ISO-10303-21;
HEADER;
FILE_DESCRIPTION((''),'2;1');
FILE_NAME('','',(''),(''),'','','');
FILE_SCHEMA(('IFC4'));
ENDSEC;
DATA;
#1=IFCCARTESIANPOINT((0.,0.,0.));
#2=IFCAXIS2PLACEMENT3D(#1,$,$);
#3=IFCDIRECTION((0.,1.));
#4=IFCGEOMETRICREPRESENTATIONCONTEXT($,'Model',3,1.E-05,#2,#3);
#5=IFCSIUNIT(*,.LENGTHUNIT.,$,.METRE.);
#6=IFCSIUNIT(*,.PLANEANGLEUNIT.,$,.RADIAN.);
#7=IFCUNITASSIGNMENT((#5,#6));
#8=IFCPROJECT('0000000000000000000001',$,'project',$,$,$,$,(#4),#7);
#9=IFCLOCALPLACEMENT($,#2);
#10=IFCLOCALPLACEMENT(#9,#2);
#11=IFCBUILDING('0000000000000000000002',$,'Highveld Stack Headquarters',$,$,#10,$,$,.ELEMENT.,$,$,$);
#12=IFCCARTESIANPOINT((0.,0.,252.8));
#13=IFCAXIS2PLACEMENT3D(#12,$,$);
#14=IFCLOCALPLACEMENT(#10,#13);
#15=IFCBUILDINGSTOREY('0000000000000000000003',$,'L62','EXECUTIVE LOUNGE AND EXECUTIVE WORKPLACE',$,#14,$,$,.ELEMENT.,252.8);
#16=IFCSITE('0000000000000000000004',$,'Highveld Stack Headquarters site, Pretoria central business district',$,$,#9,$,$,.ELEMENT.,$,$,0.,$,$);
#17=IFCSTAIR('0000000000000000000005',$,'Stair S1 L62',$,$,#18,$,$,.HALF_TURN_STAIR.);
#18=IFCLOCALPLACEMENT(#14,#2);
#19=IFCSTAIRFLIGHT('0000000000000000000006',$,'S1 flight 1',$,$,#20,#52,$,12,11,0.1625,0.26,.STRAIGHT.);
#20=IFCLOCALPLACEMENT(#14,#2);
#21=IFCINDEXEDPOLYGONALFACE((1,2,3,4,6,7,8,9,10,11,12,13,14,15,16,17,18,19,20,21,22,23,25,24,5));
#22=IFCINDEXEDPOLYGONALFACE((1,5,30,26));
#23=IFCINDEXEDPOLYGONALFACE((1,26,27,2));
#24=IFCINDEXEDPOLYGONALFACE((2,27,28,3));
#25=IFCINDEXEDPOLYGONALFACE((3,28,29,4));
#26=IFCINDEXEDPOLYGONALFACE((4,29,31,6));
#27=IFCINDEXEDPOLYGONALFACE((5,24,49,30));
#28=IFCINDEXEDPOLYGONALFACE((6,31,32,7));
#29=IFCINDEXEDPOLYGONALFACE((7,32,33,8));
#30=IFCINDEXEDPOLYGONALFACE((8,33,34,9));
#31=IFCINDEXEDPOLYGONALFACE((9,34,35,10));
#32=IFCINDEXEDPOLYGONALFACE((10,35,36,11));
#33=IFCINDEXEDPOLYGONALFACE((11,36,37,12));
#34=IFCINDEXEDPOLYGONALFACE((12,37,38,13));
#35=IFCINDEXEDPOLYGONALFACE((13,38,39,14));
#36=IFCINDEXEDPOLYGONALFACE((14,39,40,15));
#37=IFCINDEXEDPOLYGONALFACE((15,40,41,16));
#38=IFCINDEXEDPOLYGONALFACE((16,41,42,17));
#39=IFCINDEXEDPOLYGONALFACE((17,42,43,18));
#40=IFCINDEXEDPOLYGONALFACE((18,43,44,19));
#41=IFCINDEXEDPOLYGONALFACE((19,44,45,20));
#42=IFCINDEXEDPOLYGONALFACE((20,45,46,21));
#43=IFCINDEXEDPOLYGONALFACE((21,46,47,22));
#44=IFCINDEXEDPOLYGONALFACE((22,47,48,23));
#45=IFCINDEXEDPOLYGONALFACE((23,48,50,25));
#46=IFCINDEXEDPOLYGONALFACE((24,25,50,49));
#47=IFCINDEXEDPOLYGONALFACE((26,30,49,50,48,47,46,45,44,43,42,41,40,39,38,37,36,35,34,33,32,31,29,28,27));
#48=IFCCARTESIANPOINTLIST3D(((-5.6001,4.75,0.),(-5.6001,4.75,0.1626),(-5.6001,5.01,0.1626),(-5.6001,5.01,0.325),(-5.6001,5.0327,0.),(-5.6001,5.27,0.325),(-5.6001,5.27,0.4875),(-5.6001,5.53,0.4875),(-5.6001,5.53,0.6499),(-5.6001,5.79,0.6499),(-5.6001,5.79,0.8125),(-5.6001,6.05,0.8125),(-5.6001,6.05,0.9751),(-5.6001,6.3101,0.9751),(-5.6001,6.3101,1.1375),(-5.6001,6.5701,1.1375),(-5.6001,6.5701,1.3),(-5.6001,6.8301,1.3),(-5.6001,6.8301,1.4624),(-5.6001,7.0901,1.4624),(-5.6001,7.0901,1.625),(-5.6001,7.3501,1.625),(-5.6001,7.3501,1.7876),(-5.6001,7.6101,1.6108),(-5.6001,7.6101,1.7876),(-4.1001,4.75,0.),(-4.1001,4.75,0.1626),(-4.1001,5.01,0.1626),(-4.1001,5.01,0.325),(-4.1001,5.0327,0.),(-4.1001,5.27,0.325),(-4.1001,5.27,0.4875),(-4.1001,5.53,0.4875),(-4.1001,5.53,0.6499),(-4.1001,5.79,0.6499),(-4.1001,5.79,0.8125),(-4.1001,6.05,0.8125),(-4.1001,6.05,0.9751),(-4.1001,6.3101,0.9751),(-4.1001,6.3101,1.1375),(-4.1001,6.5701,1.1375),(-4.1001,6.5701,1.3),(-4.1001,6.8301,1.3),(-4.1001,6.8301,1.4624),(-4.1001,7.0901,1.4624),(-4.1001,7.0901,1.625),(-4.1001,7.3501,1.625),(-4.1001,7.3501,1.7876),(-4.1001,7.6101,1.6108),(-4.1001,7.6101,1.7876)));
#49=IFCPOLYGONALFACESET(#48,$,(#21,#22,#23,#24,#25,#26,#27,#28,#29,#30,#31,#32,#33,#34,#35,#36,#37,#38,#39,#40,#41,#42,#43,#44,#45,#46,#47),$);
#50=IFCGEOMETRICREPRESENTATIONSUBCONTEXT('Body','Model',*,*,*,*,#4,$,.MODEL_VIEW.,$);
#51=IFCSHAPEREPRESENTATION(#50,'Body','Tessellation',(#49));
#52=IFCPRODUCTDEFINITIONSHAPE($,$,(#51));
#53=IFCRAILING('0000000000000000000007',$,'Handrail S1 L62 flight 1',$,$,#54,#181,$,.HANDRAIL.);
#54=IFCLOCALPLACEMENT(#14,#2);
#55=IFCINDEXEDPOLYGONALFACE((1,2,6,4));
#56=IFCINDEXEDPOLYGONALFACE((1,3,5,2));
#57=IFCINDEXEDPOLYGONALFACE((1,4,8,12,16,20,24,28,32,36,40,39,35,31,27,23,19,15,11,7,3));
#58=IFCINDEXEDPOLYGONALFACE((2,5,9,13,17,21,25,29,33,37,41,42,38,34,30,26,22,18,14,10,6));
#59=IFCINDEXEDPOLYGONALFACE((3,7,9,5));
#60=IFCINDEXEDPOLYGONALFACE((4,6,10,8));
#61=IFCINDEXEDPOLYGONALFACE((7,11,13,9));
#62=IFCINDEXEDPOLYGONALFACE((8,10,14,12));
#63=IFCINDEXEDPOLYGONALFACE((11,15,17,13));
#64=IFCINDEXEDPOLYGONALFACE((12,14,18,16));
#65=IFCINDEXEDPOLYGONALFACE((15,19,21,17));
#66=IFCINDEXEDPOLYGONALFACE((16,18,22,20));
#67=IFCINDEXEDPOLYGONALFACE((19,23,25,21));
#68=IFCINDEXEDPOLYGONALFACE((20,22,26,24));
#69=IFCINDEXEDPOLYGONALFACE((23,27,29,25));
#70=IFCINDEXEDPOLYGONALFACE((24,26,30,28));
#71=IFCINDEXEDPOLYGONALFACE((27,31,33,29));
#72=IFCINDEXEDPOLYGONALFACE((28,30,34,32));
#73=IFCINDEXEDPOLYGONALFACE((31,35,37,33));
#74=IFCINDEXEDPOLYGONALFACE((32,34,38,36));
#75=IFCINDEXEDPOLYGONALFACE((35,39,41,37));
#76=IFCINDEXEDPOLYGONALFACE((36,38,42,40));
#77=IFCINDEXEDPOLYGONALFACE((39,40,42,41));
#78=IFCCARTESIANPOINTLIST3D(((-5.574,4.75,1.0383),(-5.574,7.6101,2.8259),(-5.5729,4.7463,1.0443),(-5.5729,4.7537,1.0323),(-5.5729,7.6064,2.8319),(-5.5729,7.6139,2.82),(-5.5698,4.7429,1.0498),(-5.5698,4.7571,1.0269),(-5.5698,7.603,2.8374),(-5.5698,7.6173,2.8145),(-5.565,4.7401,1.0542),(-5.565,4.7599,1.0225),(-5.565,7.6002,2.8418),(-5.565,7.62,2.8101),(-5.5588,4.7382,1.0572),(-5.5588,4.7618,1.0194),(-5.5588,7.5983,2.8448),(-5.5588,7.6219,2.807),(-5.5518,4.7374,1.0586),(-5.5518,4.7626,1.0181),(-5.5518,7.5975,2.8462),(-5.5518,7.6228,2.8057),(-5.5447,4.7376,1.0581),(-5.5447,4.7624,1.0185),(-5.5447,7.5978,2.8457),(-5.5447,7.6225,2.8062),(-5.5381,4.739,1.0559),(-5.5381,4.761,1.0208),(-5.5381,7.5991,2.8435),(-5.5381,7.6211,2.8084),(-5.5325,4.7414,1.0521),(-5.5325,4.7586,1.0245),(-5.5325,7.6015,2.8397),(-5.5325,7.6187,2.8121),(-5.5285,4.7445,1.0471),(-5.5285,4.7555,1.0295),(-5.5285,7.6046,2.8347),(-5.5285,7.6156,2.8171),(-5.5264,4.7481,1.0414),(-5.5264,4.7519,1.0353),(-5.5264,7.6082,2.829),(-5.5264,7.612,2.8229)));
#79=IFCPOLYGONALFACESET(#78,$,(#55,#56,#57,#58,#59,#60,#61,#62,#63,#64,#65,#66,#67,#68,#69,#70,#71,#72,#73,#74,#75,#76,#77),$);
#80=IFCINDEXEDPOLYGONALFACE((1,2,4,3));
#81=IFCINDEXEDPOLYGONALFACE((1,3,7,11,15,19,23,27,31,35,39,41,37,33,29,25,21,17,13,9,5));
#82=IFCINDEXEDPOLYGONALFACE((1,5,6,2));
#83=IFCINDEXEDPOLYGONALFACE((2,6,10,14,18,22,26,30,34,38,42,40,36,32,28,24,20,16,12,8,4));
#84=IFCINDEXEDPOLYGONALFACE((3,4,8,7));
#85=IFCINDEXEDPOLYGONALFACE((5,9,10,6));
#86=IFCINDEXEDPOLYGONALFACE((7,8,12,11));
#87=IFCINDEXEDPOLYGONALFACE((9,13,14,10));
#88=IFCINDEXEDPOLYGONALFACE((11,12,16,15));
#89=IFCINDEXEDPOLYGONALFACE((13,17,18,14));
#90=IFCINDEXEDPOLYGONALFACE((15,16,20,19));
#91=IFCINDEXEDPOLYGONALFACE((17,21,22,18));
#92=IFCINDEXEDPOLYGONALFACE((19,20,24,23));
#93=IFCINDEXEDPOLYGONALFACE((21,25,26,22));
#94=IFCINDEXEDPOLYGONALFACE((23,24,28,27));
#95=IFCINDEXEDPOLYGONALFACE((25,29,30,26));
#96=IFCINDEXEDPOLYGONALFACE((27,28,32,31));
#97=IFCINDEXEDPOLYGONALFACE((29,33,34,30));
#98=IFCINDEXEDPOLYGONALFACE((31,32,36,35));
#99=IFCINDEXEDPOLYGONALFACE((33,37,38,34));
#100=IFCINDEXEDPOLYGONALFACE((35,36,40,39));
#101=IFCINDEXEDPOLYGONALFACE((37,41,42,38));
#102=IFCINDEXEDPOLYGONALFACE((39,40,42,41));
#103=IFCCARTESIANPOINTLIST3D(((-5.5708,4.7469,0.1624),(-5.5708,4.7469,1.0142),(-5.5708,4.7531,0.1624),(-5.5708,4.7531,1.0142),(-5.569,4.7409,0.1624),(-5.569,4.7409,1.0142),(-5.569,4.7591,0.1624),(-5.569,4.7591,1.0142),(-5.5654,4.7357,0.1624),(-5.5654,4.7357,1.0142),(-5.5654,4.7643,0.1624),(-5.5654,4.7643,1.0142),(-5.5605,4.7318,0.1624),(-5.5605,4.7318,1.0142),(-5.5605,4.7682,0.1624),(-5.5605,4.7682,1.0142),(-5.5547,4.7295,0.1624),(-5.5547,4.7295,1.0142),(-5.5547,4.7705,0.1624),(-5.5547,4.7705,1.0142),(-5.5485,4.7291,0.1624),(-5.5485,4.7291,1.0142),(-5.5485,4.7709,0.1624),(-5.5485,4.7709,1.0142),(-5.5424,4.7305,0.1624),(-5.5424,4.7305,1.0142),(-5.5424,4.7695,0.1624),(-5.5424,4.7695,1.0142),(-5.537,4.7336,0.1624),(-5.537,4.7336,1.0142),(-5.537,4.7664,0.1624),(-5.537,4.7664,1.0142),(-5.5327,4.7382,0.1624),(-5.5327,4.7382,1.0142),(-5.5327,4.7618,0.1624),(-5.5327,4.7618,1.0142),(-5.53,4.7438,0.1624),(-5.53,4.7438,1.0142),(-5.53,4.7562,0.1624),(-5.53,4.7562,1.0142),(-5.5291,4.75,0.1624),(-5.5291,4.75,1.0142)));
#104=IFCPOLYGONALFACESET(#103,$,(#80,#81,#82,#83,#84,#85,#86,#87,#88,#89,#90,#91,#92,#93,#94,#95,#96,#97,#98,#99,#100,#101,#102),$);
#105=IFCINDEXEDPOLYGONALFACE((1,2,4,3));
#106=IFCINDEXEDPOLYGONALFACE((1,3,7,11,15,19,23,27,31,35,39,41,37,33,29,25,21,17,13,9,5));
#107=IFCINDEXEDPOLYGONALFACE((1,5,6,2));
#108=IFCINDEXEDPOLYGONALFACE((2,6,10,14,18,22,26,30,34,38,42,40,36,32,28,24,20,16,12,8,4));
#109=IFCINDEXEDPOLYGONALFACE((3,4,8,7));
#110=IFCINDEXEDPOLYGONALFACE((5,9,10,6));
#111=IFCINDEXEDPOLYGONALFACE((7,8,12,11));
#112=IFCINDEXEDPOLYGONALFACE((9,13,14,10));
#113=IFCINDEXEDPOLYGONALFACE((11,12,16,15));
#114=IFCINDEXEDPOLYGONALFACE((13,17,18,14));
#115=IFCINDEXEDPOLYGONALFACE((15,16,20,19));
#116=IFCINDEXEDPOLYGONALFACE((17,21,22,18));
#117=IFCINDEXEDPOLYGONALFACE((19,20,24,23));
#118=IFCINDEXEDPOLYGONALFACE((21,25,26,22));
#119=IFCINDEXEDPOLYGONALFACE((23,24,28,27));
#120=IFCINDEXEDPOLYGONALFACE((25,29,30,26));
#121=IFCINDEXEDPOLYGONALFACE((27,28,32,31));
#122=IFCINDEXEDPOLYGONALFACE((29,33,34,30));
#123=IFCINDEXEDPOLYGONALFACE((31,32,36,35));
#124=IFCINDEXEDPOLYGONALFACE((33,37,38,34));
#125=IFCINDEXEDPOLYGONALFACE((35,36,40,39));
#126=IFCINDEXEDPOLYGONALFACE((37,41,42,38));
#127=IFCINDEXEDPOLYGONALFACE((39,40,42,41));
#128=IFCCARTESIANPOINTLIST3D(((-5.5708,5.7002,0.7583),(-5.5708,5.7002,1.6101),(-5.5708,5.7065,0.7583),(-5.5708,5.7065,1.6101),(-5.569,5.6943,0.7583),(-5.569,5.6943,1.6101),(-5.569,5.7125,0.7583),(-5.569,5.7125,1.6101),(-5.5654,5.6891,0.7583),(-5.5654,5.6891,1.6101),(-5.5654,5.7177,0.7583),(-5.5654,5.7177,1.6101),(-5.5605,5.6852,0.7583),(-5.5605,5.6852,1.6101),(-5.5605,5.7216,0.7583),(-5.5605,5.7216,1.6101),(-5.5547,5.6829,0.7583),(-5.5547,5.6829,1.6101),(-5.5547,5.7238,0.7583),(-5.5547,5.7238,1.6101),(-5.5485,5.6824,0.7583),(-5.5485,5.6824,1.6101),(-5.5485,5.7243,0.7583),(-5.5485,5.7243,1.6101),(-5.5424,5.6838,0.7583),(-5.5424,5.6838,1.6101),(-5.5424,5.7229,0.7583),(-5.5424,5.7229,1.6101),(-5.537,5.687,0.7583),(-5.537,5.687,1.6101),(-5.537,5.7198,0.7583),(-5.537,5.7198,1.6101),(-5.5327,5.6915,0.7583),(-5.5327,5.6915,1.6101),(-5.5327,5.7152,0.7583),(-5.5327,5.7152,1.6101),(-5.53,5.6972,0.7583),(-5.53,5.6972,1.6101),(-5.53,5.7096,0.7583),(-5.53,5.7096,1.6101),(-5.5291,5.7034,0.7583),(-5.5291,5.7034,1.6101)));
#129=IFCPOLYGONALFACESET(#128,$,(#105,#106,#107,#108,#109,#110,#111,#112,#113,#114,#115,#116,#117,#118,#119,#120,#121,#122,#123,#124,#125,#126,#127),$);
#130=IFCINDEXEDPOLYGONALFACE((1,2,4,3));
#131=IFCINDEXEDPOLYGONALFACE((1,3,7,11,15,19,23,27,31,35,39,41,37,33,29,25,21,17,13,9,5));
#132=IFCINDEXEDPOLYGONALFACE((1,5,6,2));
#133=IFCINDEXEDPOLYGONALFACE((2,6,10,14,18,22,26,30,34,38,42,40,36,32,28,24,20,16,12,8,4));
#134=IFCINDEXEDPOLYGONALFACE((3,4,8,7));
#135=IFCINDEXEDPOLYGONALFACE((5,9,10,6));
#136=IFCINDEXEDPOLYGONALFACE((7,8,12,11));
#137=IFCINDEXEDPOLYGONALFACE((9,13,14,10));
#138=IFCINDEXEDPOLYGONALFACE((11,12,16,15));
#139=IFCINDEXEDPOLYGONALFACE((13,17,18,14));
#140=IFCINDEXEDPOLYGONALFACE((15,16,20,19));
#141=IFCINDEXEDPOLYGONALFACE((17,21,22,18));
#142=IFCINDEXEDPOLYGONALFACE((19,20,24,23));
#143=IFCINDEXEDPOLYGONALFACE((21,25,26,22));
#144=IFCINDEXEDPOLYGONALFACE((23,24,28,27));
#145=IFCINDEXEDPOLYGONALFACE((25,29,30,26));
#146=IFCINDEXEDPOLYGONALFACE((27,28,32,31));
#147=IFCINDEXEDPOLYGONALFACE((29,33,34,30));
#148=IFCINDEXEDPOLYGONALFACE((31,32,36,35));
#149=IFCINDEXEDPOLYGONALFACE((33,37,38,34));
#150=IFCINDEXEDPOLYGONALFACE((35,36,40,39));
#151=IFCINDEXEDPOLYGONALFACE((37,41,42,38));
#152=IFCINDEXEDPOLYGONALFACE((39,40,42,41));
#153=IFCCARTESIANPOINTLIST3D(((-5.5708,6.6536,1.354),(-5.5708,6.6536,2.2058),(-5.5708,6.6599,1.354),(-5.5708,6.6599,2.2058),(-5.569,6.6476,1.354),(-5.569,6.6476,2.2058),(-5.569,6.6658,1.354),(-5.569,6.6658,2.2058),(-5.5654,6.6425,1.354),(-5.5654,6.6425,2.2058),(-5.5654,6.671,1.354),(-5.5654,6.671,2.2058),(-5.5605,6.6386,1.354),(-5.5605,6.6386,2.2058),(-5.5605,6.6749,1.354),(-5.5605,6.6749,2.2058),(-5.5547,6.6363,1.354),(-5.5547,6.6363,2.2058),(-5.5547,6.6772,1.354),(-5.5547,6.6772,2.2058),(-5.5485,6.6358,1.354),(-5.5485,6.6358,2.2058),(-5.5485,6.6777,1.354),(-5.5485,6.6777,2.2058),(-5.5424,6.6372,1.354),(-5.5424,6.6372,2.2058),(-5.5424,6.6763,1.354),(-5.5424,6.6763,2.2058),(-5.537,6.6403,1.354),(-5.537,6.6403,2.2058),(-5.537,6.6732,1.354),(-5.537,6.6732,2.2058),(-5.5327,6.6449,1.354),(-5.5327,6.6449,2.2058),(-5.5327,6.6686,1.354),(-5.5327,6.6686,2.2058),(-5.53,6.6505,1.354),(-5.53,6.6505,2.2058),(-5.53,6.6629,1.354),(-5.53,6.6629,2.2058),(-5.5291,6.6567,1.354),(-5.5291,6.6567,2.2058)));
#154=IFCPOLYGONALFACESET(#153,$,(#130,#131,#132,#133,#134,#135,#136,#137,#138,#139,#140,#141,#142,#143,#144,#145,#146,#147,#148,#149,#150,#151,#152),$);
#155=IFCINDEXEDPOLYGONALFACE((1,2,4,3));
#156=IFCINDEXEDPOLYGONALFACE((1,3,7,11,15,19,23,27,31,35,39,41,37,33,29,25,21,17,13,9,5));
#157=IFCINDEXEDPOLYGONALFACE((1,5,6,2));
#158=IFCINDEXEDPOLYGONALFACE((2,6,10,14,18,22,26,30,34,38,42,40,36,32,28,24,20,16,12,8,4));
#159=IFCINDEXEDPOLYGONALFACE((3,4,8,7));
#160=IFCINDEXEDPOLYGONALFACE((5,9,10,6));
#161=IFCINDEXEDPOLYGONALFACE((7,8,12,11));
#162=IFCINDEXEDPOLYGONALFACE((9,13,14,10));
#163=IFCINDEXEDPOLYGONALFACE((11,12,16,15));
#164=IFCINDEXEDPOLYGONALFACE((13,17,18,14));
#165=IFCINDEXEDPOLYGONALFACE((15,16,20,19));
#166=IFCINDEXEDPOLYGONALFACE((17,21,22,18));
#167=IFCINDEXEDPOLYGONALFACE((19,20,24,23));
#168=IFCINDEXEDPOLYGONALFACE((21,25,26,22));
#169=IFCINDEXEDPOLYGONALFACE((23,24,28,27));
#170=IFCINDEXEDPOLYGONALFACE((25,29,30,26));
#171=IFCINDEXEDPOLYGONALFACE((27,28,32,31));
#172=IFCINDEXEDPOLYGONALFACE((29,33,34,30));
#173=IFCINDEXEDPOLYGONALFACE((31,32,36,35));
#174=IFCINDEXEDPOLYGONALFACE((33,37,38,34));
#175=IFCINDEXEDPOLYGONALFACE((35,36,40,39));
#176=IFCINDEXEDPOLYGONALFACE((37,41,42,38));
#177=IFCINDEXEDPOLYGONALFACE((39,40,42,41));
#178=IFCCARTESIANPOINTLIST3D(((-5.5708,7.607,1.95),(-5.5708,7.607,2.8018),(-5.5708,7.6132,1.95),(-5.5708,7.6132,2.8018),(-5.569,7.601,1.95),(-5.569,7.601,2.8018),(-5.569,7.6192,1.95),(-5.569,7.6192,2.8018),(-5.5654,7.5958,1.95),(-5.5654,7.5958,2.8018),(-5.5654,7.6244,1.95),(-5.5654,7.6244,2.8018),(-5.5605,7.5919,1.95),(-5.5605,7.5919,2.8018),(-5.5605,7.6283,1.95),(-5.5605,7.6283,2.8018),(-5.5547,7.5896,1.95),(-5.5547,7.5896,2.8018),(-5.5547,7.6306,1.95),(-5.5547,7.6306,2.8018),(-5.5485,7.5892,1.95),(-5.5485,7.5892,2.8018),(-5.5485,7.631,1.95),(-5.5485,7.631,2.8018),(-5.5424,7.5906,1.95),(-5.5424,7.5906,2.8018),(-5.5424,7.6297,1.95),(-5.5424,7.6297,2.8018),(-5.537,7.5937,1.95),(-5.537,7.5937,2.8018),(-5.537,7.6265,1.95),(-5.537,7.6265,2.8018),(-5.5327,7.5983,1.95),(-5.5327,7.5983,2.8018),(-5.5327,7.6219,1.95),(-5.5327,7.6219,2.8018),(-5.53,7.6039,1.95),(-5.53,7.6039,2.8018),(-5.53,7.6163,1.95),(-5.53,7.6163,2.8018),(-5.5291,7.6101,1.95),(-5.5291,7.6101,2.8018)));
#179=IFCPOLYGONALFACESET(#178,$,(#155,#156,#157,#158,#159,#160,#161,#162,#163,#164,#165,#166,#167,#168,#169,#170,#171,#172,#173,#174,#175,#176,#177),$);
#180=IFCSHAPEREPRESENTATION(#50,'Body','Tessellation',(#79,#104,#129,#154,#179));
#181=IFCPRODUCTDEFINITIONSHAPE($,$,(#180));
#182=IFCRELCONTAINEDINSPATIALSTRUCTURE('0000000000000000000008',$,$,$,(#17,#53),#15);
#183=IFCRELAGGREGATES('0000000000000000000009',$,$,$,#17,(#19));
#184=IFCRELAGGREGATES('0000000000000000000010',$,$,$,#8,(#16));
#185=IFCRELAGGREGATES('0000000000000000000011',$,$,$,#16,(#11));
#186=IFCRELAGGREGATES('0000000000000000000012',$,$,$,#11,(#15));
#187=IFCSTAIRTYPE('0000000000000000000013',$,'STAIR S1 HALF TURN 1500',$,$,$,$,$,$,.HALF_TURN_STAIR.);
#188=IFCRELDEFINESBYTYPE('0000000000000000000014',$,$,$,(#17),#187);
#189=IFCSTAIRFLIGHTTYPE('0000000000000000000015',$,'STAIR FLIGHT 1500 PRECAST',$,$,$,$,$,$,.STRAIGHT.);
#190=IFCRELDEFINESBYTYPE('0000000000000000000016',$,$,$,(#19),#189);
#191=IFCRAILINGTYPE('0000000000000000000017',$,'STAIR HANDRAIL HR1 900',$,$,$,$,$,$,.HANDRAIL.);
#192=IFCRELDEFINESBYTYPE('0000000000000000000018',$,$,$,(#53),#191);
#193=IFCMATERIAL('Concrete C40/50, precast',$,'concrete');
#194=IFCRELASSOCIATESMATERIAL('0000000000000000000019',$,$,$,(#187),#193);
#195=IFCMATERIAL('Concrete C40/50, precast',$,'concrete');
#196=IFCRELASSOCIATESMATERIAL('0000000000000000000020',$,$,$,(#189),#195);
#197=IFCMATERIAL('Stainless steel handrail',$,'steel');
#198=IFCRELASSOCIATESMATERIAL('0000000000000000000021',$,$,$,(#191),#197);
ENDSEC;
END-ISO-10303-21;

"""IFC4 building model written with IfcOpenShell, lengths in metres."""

from ifc_helpers import new_model, si_unit, direction, frame, origin, origin_2d, place, context, subcontext, project, spatial, polyline, circle, outline, extrude, material, type_object, element, aggregate, save


model = new_model("IFC4")

# Units and contexts
model_context = context("Model", 3, precision=1e-05, world=origin(), true_north=direction((0.0, 1.0)))
body_context = subcontext(model_context, "Body", "Model", "MODEL_VIEW")
ifc_project = project(units=[si_unit("LENGTHUNIT", "METRE"), si_unit("PLANEANGLEUNIT", "RADIAN")], contexts=[model_context])

# Site, building, storey
site_placement = place(None, origin())
site = spatial("IfcSite", under=ifc_project, at=site_placement, Name="Highveld Stack Headquarters site, Pretoria central business district", CompositionType="ELEMENT", RefElevation=0.0)
building_placement = place(site_placement, origin())
building = spatial("IfcBuilding", under=site, at=building_placement, Name="Highveld Stack Headquarters", CompositionType="ELEMENT")
storey_placement = place(building_placement, frame((0.0, 0.0, 252.8)))
storey = spatial("IfcBuildingStorey", under=building, at=storey_placement, Name="L62", Description="EXECUTIVE LOUNGE AND EXECUTIVE WORKPLACE", CompositionType="ELEMENT", Elevation=252.8)

# Stair
ifc_material_1 = material(Name="Concrete C40/50, precast", Category="concrete")
stair_type_1 = type_object("IfcStairType", Name="STAIR S1 HALF TURN 1500", PredefinedType="HALF_TURN_STAIR", material=ifc_material_1)
stair_1_placement = place(storey_placement, origin())
stair_1 = element("IfcStair", 1, at=stair_1_placement, inside=storey, type_object=stair_type_1, Name="Stair S1 L62", PredefinedType="HALF_TURN_STAIR")

# Stair flight
ifc_material_2 = material(Name="Concrete C40/50, precast", Category="concrete")
stair_flight_type = type_object("IfcStairFlightType", Name="STAIR FLIGHT 1500 PRECAST", PredefinedType="STRAIGHT", material=ifc_material_2)
stair_flight_placement = place(storey_placement, frame((-4.8501, 4.75, 0.0), z_axis=(0.0, 0.0, 1.0), x_axis=(0.0, 1.0, 0.0)))
stair_flight = element("IfcStairFlight", 2, at=stair_flight_placement, type_object=stair_flight_type, Name="S1 flight 1", NumberOfRisers=12, NumberOfTreads=11, PredefinedType="STRAIGHT", RiserHeight=0.1625, TreadLength=0.26, context=body_context, shape_type="SweptSolid", body=[
    extrude(outline(polyline([(0.0, 0.0), (0.0, 0.1626), (0.26, 0.1626), (0.26, 0.325), (0.52, 0.325), (0.52, 0.4875), (0.78, 0.4875), (0.78, 0.6499), (1.04, 0.6499), (1.04, 0.8125), (1.3, 0.8125), (1.3, 0.9751), (1.5601, 0.9751), (1.5601, 1.1375), (1.8201, 1.1375), (1.8201, 1.3), (2.0801, 1.3), (2.0801, 1.4624), (2.3401, 1.4624), (2.3401, 1.625), (2.6001, 1.625), (2.6001, 1.7876), (2.8601, 1.7876), (2.8601, 1.95), (2.8601, 1.6108), (0.2827, 0.0), (0.0, 0.0)])), frame((0.0, 0.75, 0.0), z_axis=(0.0, -1.0, 0.0), x_axis=(1.0, 0.0, 0.0)), (0.0, 0.0, 1.0), 1.5),
])
aggregate(stair_1, [stair_flight])

# Railing
ifc_material_3 = material(Name="Stainless steel handrail", Category="steel")
railing_type = type_object("IfcRailingType", Name="STAIR HANDRAIL HR1 900", PredefinedType="HANDRAIL", material=ifc_material_3)
for number, where, name in (
    (3, (-5.55, 4.75, 0.1624), "Handrail S1 L62 flight 1"),
):
    element("IfcRailing", number, at=place(storey_placement, frame(where)), inside=storey, type_object=railing_type, Name=name, PredefinedType="HANDRAIL", context=body_context, shape_type="SweptSolid", body=[
        extrude(circle(Radius=0.0239, at=origin_2d()), frame((0.0, 0.0, 0.876), z_axis=(0.0, 0.847994, 0.530005), x_axis=(-1.0, 0.0, 0.0)), (0.0, 0.0, 1.0), 3.3728),
        extrude(circle(Radius=0.021, at=origin_2d()), origin(), (0.0, 0.0, 1.0), 0.8518),
        extrude(circle(Radius=0.021, at=origin_2d()), frame((0.0, 0.9534, 0.5959)), (0.0, 0.0, 1.0), 0.8518),
        extrude(circle(Radius=0.021, at=origin_2d()), frame((0.0, 1.9067, 1.1917)), (0.0, 0.0, 1.0), 0.8518),
        extrude(circle(Radius=0.021, at=origin_2d()), frame((0.0, 2.8601, 1.7876)), (0.0, 0.0, 1.0), 0.8518),
    ])

save(model, "model.ifc")
